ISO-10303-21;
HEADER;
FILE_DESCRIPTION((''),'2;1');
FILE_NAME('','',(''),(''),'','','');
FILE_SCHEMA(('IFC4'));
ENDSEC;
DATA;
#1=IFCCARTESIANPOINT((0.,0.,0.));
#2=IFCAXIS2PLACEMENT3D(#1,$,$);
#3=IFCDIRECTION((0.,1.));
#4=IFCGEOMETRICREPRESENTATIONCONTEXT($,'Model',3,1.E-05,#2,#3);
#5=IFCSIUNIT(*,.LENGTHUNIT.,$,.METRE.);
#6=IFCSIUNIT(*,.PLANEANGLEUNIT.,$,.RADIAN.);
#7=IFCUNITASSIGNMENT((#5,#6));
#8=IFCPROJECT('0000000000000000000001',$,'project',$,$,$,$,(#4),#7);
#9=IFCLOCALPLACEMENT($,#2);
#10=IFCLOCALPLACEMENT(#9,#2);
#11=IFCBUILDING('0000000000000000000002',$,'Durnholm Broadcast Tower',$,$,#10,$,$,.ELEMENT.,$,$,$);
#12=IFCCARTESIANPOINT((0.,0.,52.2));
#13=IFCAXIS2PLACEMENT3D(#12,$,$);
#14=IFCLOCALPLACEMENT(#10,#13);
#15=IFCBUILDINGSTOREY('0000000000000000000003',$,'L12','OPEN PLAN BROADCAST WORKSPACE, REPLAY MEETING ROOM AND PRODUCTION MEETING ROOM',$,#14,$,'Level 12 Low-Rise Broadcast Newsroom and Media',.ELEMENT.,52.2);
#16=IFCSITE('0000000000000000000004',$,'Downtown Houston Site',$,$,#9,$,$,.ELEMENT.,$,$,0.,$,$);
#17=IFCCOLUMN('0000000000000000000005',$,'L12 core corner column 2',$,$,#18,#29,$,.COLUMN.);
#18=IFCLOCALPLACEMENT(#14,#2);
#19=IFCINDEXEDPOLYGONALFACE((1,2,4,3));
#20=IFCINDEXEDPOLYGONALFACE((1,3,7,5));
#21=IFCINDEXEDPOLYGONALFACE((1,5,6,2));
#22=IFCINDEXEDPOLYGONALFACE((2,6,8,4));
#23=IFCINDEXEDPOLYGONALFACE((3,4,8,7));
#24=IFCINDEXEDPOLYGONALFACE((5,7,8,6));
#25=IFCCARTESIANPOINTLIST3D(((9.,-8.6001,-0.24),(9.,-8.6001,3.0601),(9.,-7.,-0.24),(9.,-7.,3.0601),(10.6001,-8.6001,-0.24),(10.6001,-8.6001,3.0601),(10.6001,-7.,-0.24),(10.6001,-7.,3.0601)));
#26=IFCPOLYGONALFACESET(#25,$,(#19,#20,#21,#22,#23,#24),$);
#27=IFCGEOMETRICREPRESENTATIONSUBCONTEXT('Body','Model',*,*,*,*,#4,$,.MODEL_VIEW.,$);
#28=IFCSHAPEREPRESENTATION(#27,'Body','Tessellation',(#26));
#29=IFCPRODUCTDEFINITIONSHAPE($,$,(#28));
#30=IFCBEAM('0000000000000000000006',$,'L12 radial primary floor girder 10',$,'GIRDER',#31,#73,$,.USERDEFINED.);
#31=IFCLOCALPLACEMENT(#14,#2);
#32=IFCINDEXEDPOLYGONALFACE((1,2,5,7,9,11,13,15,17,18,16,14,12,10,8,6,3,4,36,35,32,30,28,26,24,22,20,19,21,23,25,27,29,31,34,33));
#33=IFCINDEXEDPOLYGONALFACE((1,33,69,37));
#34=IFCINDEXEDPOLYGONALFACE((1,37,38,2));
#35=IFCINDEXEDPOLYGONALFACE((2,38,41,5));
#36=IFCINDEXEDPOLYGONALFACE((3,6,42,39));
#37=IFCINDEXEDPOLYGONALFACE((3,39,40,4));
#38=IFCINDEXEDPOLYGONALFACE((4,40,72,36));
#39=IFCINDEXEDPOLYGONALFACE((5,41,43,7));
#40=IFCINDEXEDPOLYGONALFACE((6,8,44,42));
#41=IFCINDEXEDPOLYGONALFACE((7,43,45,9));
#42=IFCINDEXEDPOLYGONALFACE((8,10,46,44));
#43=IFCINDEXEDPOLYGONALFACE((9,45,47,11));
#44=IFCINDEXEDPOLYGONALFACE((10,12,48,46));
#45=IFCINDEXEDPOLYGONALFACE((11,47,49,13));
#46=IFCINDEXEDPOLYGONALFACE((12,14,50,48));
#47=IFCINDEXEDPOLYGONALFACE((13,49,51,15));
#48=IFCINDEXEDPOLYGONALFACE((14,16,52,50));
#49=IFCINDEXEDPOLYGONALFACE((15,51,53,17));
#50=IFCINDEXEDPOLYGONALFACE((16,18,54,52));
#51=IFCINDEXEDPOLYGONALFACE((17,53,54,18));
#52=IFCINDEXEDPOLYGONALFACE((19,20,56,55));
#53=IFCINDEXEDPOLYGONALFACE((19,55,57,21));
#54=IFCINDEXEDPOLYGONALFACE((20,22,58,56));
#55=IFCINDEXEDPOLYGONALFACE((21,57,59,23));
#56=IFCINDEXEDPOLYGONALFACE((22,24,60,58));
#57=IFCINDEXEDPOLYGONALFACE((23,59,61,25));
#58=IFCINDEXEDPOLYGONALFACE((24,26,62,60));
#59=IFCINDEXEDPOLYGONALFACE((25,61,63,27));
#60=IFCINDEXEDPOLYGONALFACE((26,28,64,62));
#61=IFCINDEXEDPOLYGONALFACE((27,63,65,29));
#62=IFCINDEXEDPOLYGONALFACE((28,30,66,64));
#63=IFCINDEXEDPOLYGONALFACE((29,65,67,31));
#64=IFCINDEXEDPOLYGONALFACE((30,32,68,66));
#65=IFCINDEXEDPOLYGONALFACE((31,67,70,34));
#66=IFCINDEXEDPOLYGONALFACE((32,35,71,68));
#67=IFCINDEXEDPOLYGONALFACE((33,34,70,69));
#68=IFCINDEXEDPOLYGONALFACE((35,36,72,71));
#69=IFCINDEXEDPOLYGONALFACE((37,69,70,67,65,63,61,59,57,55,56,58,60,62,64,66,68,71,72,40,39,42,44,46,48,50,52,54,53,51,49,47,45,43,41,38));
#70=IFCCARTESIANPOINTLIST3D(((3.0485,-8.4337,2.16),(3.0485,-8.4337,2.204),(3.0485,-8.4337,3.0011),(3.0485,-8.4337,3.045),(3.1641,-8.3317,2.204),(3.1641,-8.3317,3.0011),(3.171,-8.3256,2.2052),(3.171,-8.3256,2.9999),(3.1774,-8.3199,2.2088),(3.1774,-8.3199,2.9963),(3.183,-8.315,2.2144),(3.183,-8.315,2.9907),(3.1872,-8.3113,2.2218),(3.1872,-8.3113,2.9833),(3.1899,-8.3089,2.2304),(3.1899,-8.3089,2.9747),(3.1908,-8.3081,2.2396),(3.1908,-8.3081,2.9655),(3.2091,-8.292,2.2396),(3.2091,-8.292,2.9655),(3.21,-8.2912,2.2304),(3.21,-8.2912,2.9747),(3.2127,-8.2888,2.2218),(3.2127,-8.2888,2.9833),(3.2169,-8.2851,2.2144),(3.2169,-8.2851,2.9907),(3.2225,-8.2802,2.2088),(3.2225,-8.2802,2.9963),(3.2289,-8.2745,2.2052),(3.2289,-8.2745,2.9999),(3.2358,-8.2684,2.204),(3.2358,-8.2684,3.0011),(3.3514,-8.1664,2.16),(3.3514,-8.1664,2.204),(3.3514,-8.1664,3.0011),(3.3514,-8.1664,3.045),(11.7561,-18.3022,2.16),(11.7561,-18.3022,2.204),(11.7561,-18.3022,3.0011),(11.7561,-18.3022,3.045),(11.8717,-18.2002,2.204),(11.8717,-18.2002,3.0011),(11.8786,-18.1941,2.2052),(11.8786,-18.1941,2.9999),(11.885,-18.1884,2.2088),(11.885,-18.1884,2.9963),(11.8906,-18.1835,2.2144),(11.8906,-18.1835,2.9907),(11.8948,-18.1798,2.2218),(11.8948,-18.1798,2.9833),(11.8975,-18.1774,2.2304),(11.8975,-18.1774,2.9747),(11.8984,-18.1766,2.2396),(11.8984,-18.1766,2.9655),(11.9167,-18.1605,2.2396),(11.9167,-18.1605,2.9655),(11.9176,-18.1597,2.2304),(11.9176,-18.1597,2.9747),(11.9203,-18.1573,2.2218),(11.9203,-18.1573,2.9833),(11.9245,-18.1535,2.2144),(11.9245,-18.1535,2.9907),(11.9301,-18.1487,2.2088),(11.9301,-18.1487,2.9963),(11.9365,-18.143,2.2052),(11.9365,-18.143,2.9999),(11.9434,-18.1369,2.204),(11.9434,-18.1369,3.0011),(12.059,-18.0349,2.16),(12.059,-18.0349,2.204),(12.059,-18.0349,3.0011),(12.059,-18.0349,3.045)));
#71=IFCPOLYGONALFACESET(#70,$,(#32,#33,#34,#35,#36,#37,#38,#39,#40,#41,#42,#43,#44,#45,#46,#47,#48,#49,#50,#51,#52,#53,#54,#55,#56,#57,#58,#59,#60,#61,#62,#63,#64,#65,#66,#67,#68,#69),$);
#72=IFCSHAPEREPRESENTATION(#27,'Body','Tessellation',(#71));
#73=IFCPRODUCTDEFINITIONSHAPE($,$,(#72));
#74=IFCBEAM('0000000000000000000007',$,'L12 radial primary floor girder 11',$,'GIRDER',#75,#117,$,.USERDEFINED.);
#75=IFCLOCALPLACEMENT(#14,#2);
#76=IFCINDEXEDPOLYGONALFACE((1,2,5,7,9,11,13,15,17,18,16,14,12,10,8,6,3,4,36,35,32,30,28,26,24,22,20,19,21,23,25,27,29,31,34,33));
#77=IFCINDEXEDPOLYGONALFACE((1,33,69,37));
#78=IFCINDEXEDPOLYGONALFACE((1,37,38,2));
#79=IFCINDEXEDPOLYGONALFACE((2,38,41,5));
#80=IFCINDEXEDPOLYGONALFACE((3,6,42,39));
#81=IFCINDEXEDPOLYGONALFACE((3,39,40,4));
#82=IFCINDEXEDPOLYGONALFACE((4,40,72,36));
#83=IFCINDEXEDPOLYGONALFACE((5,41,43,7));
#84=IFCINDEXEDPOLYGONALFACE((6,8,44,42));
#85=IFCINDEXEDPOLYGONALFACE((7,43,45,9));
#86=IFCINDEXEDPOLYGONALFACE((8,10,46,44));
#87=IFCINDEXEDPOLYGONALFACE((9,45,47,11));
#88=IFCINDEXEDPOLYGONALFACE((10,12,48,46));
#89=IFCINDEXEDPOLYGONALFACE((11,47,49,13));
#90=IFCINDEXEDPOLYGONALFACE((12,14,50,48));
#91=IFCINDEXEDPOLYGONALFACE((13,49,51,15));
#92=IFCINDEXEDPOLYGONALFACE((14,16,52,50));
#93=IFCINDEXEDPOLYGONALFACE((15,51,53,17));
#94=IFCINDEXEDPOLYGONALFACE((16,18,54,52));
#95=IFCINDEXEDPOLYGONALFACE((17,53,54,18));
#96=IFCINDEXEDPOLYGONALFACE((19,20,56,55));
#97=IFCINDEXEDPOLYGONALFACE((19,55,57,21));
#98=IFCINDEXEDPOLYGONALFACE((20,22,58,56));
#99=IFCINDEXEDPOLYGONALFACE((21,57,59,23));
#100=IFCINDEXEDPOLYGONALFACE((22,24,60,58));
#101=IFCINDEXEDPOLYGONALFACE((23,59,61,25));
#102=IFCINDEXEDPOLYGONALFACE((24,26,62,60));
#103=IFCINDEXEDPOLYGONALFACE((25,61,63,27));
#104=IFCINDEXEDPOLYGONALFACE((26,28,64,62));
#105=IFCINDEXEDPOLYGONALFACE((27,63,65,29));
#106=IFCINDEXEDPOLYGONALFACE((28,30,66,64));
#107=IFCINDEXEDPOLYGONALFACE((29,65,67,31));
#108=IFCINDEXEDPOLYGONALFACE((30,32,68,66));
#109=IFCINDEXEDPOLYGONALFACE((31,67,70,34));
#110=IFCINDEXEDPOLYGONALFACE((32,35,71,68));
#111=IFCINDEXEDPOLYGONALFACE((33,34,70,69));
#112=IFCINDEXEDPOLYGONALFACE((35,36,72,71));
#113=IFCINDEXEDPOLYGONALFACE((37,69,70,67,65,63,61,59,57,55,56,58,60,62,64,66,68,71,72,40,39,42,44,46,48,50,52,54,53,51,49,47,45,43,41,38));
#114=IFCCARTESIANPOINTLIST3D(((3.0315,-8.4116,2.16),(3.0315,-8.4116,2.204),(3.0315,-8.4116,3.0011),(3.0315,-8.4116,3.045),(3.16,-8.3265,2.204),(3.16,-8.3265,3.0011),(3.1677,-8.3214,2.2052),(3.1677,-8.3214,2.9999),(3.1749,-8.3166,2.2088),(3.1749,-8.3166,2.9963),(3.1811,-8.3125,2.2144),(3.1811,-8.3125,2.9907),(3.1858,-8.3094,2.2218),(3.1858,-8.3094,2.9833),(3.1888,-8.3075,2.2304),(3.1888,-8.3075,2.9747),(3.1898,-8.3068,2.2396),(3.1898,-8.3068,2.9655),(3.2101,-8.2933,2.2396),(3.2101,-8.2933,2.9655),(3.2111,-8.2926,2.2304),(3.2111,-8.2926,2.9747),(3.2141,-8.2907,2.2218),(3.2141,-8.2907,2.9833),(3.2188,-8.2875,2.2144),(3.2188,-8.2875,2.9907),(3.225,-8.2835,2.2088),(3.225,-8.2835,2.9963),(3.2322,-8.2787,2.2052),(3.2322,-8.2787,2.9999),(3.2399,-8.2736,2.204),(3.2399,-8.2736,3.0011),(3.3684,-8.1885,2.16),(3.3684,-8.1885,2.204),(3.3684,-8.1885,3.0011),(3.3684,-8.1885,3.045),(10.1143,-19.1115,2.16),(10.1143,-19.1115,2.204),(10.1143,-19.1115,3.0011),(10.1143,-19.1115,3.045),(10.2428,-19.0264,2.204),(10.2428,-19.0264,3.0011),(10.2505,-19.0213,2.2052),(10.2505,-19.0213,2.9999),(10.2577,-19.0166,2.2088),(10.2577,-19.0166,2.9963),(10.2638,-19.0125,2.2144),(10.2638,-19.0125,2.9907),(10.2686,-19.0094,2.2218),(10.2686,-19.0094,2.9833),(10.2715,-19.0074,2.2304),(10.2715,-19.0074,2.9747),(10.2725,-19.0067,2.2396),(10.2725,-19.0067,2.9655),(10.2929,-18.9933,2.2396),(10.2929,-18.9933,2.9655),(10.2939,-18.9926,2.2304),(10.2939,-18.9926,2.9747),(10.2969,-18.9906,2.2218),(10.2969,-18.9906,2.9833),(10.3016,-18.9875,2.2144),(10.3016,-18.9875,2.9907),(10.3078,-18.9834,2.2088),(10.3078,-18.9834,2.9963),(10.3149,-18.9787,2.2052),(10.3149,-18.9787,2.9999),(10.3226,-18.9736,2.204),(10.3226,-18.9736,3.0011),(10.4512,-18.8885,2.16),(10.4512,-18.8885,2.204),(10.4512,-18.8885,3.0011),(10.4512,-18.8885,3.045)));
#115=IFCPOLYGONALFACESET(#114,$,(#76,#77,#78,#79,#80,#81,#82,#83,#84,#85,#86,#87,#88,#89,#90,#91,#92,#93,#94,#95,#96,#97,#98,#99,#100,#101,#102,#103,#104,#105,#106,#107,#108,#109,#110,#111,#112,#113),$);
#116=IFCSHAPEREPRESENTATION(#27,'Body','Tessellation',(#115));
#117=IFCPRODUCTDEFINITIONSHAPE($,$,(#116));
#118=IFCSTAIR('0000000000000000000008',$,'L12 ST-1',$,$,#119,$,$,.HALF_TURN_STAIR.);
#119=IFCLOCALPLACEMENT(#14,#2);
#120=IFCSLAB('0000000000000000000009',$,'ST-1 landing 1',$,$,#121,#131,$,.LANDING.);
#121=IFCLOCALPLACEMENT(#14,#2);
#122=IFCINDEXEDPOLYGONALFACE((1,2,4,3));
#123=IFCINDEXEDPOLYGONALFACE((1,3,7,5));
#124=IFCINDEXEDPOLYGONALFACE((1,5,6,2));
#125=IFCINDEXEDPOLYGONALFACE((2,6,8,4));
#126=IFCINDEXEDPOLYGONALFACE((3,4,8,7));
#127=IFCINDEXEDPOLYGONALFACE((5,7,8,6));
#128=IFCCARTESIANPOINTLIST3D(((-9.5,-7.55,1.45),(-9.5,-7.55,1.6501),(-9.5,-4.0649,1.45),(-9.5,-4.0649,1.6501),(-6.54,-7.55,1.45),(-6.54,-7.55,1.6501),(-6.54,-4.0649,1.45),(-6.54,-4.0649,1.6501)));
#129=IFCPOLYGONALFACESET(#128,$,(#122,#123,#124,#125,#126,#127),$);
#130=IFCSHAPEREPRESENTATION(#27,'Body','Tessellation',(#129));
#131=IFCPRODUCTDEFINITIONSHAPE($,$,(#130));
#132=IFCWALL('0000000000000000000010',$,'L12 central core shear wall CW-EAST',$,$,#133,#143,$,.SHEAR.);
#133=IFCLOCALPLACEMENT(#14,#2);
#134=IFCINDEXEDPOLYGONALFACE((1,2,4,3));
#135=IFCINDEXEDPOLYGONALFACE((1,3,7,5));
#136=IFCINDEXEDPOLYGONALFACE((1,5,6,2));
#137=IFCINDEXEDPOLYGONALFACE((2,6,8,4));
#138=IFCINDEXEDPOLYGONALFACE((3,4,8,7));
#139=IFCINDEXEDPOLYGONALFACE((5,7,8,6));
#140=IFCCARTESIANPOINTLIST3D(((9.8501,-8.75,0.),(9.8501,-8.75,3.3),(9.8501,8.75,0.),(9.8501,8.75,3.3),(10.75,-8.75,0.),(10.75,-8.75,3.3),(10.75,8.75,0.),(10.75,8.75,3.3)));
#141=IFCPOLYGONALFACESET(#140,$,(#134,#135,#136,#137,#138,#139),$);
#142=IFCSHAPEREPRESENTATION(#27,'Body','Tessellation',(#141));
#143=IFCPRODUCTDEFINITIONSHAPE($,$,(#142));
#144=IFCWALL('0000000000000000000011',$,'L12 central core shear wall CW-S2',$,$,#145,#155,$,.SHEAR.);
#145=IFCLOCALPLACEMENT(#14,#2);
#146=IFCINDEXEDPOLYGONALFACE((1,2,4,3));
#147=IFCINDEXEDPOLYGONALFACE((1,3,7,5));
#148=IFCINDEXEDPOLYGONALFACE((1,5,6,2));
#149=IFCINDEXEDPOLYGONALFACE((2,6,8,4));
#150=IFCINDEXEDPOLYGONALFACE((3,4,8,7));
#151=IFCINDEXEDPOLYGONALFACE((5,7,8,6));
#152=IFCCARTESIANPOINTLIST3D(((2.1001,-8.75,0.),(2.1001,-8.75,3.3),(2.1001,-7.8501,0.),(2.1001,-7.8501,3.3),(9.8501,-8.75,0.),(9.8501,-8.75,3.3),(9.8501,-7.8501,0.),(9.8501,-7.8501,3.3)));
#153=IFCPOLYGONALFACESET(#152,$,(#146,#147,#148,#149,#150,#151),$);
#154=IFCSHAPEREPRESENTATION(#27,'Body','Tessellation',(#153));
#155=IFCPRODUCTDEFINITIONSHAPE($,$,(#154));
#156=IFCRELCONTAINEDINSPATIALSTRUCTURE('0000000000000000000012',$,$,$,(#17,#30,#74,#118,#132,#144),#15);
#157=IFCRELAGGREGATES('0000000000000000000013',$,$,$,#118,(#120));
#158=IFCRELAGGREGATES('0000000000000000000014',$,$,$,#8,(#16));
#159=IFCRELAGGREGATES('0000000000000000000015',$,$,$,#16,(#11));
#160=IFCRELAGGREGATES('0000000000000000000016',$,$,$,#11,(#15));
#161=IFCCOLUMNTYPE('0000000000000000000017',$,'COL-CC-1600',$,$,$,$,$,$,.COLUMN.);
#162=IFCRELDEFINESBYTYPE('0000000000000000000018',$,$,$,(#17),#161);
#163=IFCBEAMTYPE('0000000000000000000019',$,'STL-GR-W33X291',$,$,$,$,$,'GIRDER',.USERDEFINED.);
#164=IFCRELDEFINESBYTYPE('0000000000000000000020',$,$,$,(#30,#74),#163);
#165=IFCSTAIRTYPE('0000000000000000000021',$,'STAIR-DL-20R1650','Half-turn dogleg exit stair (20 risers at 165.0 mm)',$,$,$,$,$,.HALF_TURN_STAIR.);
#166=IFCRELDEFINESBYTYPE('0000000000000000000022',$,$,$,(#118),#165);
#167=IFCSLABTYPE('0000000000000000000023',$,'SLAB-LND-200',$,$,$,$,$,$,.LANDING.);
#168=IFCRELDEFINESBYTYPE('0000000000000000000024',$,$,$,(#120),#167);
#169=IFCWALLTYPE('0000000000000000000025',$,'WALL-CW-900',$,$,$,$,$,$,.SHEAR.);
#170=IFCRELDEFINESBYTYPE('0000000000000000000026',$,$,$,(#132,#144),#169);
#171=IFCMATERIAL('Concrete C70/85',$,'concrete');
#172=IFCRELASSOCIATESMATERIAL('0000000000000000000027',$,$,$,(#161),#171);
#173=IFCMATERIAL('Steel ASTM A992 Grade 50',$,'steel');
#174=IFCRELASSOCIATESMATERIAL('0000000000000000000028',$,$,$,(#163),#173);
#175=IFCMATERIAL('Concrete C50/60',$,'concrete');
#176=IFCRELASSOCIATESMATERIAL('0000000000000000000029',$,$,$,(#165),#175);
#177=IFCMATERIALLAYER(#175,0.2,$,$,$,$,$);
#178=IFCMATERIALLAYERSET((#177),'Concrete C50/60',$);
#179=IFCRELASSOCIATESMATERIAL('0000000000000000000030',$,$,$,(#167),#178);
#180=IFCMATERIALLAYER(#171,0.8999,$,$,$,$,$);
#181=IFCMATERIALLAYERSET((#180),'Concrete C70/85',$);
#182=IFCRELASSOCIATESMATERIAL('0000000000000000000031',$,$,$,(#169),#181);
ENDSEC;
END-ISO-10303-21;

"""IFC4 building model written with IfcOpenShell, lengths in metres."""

from ifc_helpers import new_model, si_unit, direction, frame, frame_2d, origin, origin_2d, place, context, subcontext, project, spatial, polyline, rectangle, i_section, outline, extrude, source, transform, mapped, material, layer, layer_set, material_profile, profile_set, type_object, type_shapes, element, aggregate, save


model = new_model("IFC4")

# Units and contexts
model_context = context("Model", 3, precision=1e-05, world=origin(), true_north=direction((0.0, 1.0)))
body_context = subcontext(model_context, "Body", "Model", "MODEL_VIEW")
ifc_project = project(units=[si_unit("LENGTHUNIT", "METRE"), si_unit("PLANEANGLEUNIT", "RADIAN")], contexts=[model_context])

# Site, building, storey
site_placement = place(None, origin())
site = spatial("IfcSite", under=ifc_project, at=site_placement, Name="Downtown Houston Site", CompositionType="ELEMENT", RefElevation=0.0)
building_placement = place(site_placement, origin())
building = spatial("IfcBuilding", under=site, at=building_placement, Name="Durnholm Broadcast Tower", CompositionType="ELEMENT")
storey_placement = place(building_placement, frame((0.0, 0.0, 52.2)))
storey = spatial("IfcBuildingStorey", under=building, at=storey_placement, Name="L12", Description="OPEN PLAN BROADCAST WORKSPACE, REPLAY MEETING ROOM AND PRODUCTION MEETING ROOM", LongName="Level 12 Low-Rise Broadcast Newsroom and Media", CompositionType="ELEMENT", Elevation=52.2)

# Column
ifc_material_1 = material(Name="Concrete C70/85", Category="concrete")
ifc_material_profile_1 = material_profile(ifc_material_1, rectangle(XDim=1.6001, YDim=1.6001, at=origin_2d()), Name="RC1600X1600")
ifc_profile_set_1 = profile_set([ifc_material_profile_1], Name="Concrete C70/85")
column_type = type_object("IfcColumnType", Name="COL-CC-1600", PredefinedType="COLUMN", material=ifc_profile_set_1)
shared_shape_1 = source(origin(), body_context, "Body", "SweptSolid", [
    extrude(rectangle(XDim=1.6001, YDim=1.6001, at=origin_2d()), origin(), (0.0, 0.0, 1.0), 3.3),
])
type_shapes(column_type, [shared_shape_1])
column_placement = place(storey_placement, frame((9.8, -7.8, -0.24), z_axis=(0.0, 0.0, 1.0), x_axis=(1.0, 0.0, 0.0)))
element("IfcColumn", 1, at=column_placement, inside=storey, type_object=column_type, Name="L12 core corner column 2", PredefinedType="COLUMN", context=body_context, shape_type="MappedRepresentation", body=[
    mapped(shared_shape_1, transform((0.0, 0.0, 0.0), x_axis=(1.0, 0.0, 0.0), y_axis=(0.0, 1.0, 0.0), z_axis=(0.0, 0.0, 1.0), scale=1.0)),
])

# Beams
ifc_material_2 = material(Name="Steel ASTM A992 Grade 50", Category="steel")
ifc_material_profile_2 = material_profile(ifc_material_2, i_section(OverallWidth=0.4041, OverallDepth=0.885, WebThickness=0.0244, FlangeThickness=0.0439, FilletRadius=0.0356, at=origin_2d()), Name="W33X291")
ifc_profile_set_2 = profile_set([ifc_material_profile_2], Name="Steel ASTM A992 Grade 50")
beam_type = type_object("IfcBeamType", Name="STL-GR-W33X291", ElementType="GIRDER", PredefinedType="USERDEFINED", material=ifc_profile_set_2)
shared_shape_2 = source(origin(), body_context, "Body", "SweptSolid", [
    extrude(i_section(OverallWidth=0.4041, OverallDepth=0.885, WebThickness=0.0244, FlangeThickness=0.0439, FilletRadius=0.0356, at=origin_2d()), origin(), (0.0, 0.0, 1.0), 13.1609),
])
beam_1_placement = place(storey_placement, frame((3.2, -8.3, 2.6025), z_axis=(0.661626, -0.749834, 0.0), x_axis=(0.749834, 0.661626, 0.0)))
element("IfcBeam", 2, at=beam_1_placement, inside=storey, type_object=beam_type, Name="L12 radial primary floor girder 10", ObjectType="GIRDER", PredefinedType="USERDEFINED", context=body_context, shape_type="MappedRepresentation", body=[
    mapped(shared_shape_2, transform((0.0, 0.0, 0.0), x_axis=(1.0, 0.0, 0.0), y_axis=(0.0, 1.0, 0.0), z_axis=(0.0, 0.0, 1.0), scale=1.0)),
])
shared_shape_3 = source(origin(), body_context, "Body", "SweptSolid", [
    extrude(i_section(OverallWidth=0.4041, OverallDepth=0.885, WebThickness=0.0244, FlangeThickness=0.0439, FilletRadius=0.0356, at=origin_2d()), origin(), (0.0, 0.0, 1.0), 12.8318),
])
type_shapes(beam_type, [shared_shape_2, shared_shape_3])
beam_2_placement = place(storey_placement, frame((3.2, -8.3, 2.6025), z_axis=(0.551971, -0.833864, 0.0), x_axis=(0.833864, 0.551971, 0.0)))
element("IfcBeam", 3, at=beam_2_placement, inside=storey, type_object=beam_type, Name="L12 radial primary floor girder 11", ObjectType="GIRDER", PredefinedType="USERDEFINED", context=body_context, shape_type="MappedRepresentation", body=[
    mapped(shared_shape_3, transform((0.0, 0.0, 0.0), x_axis=(1.0, 0.0, 0.0), y_axis=(0.0, 1.0, 0.0), z_axis=(0.0, 0.0, 1.0), scale=1.0)),
])

# Stair, slab
ifc_material_3 = material(Name="Concrete C50/60", Category="concrete")
stair_type = type_object("IfcStairType", Name="STAIR-DL-20R1650", Description="Half-turn dogleg exit stair (20 risers at 165.0 mm)", PredefinedType="HALF_TURN_STAIR", material=ifc_material_3)
stair_1_placement = place(storey_placement, origin())
stair_1 = element("IfcStair", 4, at=stair_1_placement, inside=storey, type_object=stair_type, Name="L12 ST-1", PredefinedType="HALF_TURN_STAIR")
ifc_layer_1 = layer(ifc_material_3, 0.2)
ifc_layer_set_1 = layer_set([ifc_layer_1], Name="Concrete C50/60")
slab_type = type_object("IfcSlabType", Name="SLAB-LND-200", PredefinedType="LANDING", material=ifc_layer_set_1)
slab_placement = place(storey_placement, frame((0.0, 0.0, 1.45)))
slab = element("IfcSlab", 5, at=slab_placement, type_object=slab_type, Name="ST-1 landing 1", PredefinedType="LANDING", context=body_context, shape_type="SweptSolid", body=[
    extrude(outline(polyline([(-9.5, -4.0649), (-9.5, -7.55), (-6.54, -7.55), (-6.54, -4.0649), (-9.5, -4.0649)])), origin(), (0.0, 0.0, 1.0), 0.2002),
])
aggregate(stair_1, [slab])

# Walls
ifc_layer_2 = layer(ifc_material_1, 0.8999)
ifc_layer_set_2 = layer_set([ifc_layer_2], Name="Concrete C70/85")
wall_type_1 = type_object("IfcWallType", Name="WALL-CW-900", PredefinedType="SHEAR", material=ifc_layer_set_2)
wall_1_placement = place(storey_placement, frame((10.3, -8.75, 0.0), z_axis=(0.0, 0.0, 1.0), x_axis=(0.0, 1.0, 0.0)))
element("IfcWall", 6, at=wall_1_placement, inside=storey, type_object=wall_type_1, Name="L12 central core shear wall CW-EAST", PredefinedType="SHEAR", context=body_context, shape_type="SweptSolid", body=[
    extrude(rectangle(XDim=17.5, YDim=0.8999, at=frame_2d((8.75, 0.0))), origin(), (0.0, 0.0, 1.0), 3.3),
])
wall_2_placement = place(storey_placement, frame((2.1001, -8.3, 0.0), z_axis=(0.0, 0.0, 1.0), x_axis=(1.0, 0.0, 0.0)))
element("IfcWall", 7, at=wall_2_placement, inside=storey, type_object=wall_type_1, Name="L12 central core shear wall CW-S2", PredefinedType="SHEAR", context=body_context, shape_type="SweptSolid", body=[
    extrude(rectangle(XDim=7.75, YDim=0.8999, at=frame_2d((3.875, 0.0))), origin(), (0.0, 0.0, 1.0), 3.3),
])

save(model, "model.ifc")
